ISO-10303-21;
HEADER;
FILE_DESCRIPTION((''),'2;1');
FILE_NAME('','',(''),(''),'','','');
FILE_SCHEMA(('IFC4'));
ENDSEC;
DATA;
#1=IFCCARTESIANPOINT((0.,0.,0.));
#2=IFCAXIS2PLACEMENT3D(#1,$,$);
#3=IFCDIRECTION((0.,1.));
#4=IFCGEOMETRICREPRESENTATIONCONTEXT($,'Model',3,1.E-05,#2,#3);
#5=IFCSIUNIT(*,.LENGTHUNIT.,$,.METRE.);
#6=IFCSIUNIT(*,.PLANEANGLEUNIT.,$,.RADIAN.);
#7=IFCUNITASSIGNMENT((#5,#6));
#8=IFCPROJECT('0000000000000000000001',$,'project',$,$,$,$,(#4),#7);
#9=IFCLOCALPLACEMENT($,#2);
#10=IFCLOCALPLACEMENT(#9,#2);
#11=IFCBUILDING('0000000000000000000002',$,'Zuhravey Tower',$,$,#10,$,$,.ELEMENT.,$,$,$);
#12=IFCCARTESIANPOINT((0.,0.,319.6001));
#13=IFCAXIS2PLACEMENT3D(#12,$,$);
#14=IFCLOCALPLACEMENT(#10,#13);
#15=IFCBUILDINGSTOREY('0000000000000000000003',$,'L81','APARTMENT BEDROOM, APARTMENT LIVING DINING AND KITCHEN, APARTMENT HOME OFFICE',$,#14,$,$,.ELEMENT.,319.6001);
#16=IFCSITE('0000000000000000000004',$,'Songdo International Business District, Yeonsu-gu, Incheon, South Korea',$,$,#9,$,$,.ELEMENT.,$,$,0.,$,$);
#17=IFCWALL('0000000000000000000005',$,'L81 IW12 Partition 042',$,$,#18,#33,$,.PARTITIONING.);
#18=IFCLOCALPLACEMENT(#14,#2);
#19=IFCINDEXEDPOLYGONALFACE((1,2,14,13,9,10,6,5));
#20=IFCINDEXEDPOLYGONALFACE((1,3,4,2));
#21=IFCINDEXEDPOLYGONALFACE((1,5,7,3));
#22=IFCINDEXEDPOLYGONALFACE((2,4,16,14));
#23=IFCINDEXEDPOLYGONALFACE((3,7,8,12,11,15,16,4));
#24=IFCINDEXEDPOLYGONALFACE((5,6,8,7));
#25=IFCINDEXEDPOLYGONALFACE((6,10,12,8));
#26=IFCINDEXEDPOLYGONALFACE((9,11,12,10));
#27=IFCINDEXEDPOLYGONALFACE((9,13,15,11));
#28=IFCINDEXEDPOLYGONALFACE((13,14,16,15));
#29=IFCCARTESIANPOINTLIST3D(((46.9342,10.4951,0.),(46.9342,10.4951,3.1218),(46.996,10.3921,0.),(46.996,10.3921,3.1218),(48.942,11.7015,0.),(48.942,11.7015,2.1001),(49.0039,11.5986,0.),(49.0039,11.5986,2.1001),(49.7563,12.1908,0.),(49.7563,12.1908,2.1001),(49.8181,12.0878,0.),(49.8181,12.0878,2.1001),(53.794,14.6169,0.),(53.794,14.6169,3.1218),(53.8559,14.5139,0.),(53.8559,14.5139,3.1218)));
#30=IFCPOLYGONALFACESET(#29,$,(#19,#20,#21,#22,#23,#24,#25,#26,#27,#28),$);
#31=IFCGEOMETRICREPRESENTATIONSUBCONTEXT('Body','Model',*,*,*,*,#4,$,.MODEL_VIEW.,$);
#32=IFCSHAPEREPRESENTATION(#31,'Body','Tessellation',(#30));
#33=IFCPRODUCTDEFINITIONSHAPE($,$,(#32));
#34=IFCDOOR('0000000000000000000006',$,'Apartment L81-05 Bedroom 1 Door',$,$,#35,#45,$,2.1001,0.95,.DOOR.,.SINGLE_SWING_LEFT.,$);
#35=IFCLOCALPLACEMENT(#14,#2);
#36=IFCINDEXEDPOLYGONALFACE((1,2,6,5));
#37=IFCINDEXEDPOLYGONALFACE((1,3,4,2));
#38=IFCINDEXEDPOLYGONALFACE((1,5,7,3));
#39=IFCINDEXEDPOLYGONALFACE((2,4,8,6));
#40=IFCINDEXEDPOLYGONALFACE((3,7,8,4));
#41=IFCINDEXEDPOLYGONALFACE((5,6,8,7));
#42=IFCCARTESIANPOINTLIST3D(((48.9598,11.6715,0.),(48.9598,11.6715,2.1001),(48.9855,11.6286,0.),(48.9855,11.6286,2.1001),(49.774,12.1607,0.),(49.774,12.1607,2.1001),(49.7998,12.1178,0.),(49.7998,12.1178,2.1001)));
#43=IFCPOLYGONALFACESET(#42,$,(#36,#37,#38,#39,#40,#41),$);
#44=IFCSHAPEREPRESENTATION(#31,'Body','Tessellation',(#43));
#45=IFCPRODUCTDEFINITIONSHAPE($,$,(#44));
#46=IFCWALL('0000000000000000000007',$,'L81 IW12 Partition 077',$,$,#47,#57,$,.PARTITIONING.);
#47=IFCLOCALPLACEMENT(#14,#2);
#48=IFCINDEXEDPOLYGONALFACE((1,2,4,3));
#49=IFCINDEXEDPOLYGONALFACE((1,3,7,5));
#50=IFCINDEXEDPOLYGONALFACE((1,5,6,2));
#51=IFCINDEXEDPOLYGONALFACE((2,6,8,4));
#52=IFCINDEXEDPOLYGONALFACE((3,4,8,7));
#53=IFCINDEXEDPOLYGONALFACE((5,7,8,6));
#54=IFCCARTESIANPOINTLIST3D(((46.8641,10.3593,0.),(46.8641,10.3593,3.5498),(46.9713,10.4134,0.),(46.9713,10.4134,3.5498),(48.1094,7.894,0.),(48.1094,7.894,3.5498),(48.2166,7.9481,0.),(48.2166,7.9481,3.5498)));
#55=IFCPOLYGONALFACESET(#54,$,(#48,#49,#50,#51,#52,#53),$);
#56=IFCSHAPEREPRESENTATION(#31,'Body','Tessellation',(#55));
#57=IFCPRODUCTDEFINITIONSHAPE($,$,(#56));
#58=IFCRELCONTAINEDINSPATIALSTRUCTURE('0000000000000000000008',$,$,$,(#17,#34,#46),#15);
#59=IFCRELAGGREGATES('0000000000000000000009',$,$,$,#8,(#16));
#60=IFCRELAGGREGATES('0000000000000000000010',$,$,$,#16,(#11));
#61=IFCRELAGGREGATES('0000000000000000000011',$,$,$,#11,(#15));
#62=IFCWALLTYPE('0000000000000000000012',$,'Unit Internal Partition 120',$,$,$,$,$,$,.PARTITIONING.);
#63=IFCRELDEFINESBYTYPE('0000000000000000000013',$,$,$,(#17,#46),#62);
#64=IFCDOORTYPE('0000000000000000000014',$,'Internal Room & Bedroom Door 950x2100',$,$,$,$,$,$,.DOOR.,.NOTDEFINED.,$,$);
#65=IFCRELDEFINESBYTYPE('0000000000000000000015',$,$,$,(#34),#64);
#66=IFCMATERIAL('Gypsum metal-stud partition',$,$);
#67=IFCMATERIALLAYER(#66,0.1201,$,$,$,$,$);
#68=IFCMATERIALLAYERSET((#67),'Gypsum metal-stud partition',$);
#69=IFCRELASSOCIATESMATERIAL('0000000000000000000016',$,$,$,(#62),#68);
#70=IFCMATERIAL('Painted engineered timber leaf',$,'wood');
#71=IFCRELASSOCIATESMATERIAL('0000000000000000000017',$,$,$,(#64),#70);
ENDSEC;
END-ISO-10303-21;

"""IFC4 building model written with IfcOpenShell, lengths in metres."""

from ifc_helpers import new_model, si_unit, direction, frame, frame_2d, origin, place, context, subcontext, project, spatial, rectangle, extrude, material, layer, layer_set, type_object, element, fill, save


model = new_model("IFC4")

# Units and contexts
model_context = context("Model", 3, precision=1e-05, world=origin(), true_north=direction((0.0, 1.0)))
body_context = subcontext(model_context, "Body", "Model", "MODEL_VIEW")
ifc_project = project(units=[si_unit("LENGTHUNIT", "METRE"), si_unit("PLANEANGLEUNIT", "RADIAN")], contexts=[model_context])

# Site, building, storey
site_placement = place(None, origin())
site = spatial("IfcSite", under=ifc_project, at=site_placement, Name="Songdo International Business District, Yeonsu-gu, Incheon, South Korea", CompositionType="ELEMENT", RefElevation=0.0)
building_placement = place(site_placement, origin())
building = spatial("IfcBuilding", under=site, at=building_placement, Name="Zuhravey Tower", CompositionType="ELEMENT")
storey_placement = place(building_placement, frame((0.0, 0.0, 319.6001)))
storey = spatial("IfcBuildingStorey", under=building, at=storey_placement, Name="L81", Description="APARTMENT BEDROOM, APARTMENT LIVING DINING AND KITCHEN, APARTMENT HOME OFFICE", CompositionType="ELEMENT", Elevation=319.6001)

# Wall, opening, door
ifc_material_1 = material(Name="Gypsum metal-stud partition")
ifc_layer_1 = layer(ifc_material_1, 0.1201)
ifc_layer_set_1 = layer_set([ifc_layer_1], Name="Gypsum metal-stud partition")
wall_type_1 = type_object("IfcWallType", Name="Unit Internal Partition 120", PredefinedType="PARTITIONING", material=ifc_layer_set_1)
wall_1_placement = place(storey_placement, frame((46.9651, 10.4436, 0.0), z_axis=(0.0, 0.0, 1.0), x_axis=(0.857167, 0.515038, 0.0)))
wall_1 = element("IfcWall", 1, at=wall_1_placement, inside=storey, type_object=wall_type_1, Name="L81 IW12 Partition 042", PredefinedType="PARTITIONING", context=body_context, shape_type="SweptSolid", body=[
    extrude(rectangle(XDim=8.0029, YDim=0.1201, at=frame_2d((4.0015, 0.0))), origin(), (0.0, 0.0, 1.0), 3.1218),
])
opening_1_placement = place(wall_1_placement, frame((2.3423, 0.0, 0.0)))
opening_1 = element("IfcOpeningElement", 2, at=opening_1_placement, cuts=wall_1, PredefinedType="OPENING", context=body_context, shape_type="SweptSolid", body=[
    extrude(rectangle(XDim=0.95, YDim=2.1001, at=frame_2d((0.4751, 1.05))), frame((0.0, 0.072, 0.0), z_axis=(0.0, -1.0, 0.0), x_axis=(1.0, 0.0, 0.0)), (0.0, 0.0, 1.0), 0.144),
])
ifc_material_2 = material(Name="Painted engineered timber leaf", Category="wood")
door_type = type_object("IfcDoorType", Name="Internal Room & Bedroom Door 950x2100", OperationType="NOTDEFINED", PredefinedType="DOOR", material=ifc_material_2)
door_placement = place(opening_1_placement, frame((0.95, 0.0, 0.0), z_axis=(0.0, 0.0, 1.0), x_axis=(-1.0, 0.0, 0.0)))
door = element("IfcDoor", 3, at=door_placement, inside=storey, type_object=door_type, Name="Apartment L81-05 Bedroom 1 Door", OperationType="SINGLE_SWING_LEFT", OverallHeight=2.1001, OverallWidth=0.95, PredefinedType="DOOR", context=body_context, shape_type="SweptSolid", body=[
    extrude(rectangle(XDim=0.95, YDim=2.1001, at=frame_2d((0.4751, 1.05))), frame((0.0, 0.0249, 0.0), z_axis=(0.0, -1.0, 0.0), x_axis=(1.0, 0.0, 0.0)), (0.0, 0.0, 1.0), 0.05),
])
fill(opening_1, door)

# Wall
wall_2_placement = place(storey_placement, frame((46.9177, 10.3862, 0.0), z_axis=(0.0, 0.0, 1.0), x_axis=(0.450887, -0.892581, 0.0)))
element("IfcWall", 4, at=wall_2_placement, inside=storey, type_object=wall_type_1, Name="L81 IW12 Partition 077", PredefinedType="PARTITIONING", context=body_context, shape_type="SweptSolid", body=[
    extrude(rectangle(XDim=2.762, YDim=0.1201, at=frame_2d((1.3809, 0.0))), origin(), (0.0, 0.0, 1.0), 3.5498),
])

save(model, "model.ifc")
